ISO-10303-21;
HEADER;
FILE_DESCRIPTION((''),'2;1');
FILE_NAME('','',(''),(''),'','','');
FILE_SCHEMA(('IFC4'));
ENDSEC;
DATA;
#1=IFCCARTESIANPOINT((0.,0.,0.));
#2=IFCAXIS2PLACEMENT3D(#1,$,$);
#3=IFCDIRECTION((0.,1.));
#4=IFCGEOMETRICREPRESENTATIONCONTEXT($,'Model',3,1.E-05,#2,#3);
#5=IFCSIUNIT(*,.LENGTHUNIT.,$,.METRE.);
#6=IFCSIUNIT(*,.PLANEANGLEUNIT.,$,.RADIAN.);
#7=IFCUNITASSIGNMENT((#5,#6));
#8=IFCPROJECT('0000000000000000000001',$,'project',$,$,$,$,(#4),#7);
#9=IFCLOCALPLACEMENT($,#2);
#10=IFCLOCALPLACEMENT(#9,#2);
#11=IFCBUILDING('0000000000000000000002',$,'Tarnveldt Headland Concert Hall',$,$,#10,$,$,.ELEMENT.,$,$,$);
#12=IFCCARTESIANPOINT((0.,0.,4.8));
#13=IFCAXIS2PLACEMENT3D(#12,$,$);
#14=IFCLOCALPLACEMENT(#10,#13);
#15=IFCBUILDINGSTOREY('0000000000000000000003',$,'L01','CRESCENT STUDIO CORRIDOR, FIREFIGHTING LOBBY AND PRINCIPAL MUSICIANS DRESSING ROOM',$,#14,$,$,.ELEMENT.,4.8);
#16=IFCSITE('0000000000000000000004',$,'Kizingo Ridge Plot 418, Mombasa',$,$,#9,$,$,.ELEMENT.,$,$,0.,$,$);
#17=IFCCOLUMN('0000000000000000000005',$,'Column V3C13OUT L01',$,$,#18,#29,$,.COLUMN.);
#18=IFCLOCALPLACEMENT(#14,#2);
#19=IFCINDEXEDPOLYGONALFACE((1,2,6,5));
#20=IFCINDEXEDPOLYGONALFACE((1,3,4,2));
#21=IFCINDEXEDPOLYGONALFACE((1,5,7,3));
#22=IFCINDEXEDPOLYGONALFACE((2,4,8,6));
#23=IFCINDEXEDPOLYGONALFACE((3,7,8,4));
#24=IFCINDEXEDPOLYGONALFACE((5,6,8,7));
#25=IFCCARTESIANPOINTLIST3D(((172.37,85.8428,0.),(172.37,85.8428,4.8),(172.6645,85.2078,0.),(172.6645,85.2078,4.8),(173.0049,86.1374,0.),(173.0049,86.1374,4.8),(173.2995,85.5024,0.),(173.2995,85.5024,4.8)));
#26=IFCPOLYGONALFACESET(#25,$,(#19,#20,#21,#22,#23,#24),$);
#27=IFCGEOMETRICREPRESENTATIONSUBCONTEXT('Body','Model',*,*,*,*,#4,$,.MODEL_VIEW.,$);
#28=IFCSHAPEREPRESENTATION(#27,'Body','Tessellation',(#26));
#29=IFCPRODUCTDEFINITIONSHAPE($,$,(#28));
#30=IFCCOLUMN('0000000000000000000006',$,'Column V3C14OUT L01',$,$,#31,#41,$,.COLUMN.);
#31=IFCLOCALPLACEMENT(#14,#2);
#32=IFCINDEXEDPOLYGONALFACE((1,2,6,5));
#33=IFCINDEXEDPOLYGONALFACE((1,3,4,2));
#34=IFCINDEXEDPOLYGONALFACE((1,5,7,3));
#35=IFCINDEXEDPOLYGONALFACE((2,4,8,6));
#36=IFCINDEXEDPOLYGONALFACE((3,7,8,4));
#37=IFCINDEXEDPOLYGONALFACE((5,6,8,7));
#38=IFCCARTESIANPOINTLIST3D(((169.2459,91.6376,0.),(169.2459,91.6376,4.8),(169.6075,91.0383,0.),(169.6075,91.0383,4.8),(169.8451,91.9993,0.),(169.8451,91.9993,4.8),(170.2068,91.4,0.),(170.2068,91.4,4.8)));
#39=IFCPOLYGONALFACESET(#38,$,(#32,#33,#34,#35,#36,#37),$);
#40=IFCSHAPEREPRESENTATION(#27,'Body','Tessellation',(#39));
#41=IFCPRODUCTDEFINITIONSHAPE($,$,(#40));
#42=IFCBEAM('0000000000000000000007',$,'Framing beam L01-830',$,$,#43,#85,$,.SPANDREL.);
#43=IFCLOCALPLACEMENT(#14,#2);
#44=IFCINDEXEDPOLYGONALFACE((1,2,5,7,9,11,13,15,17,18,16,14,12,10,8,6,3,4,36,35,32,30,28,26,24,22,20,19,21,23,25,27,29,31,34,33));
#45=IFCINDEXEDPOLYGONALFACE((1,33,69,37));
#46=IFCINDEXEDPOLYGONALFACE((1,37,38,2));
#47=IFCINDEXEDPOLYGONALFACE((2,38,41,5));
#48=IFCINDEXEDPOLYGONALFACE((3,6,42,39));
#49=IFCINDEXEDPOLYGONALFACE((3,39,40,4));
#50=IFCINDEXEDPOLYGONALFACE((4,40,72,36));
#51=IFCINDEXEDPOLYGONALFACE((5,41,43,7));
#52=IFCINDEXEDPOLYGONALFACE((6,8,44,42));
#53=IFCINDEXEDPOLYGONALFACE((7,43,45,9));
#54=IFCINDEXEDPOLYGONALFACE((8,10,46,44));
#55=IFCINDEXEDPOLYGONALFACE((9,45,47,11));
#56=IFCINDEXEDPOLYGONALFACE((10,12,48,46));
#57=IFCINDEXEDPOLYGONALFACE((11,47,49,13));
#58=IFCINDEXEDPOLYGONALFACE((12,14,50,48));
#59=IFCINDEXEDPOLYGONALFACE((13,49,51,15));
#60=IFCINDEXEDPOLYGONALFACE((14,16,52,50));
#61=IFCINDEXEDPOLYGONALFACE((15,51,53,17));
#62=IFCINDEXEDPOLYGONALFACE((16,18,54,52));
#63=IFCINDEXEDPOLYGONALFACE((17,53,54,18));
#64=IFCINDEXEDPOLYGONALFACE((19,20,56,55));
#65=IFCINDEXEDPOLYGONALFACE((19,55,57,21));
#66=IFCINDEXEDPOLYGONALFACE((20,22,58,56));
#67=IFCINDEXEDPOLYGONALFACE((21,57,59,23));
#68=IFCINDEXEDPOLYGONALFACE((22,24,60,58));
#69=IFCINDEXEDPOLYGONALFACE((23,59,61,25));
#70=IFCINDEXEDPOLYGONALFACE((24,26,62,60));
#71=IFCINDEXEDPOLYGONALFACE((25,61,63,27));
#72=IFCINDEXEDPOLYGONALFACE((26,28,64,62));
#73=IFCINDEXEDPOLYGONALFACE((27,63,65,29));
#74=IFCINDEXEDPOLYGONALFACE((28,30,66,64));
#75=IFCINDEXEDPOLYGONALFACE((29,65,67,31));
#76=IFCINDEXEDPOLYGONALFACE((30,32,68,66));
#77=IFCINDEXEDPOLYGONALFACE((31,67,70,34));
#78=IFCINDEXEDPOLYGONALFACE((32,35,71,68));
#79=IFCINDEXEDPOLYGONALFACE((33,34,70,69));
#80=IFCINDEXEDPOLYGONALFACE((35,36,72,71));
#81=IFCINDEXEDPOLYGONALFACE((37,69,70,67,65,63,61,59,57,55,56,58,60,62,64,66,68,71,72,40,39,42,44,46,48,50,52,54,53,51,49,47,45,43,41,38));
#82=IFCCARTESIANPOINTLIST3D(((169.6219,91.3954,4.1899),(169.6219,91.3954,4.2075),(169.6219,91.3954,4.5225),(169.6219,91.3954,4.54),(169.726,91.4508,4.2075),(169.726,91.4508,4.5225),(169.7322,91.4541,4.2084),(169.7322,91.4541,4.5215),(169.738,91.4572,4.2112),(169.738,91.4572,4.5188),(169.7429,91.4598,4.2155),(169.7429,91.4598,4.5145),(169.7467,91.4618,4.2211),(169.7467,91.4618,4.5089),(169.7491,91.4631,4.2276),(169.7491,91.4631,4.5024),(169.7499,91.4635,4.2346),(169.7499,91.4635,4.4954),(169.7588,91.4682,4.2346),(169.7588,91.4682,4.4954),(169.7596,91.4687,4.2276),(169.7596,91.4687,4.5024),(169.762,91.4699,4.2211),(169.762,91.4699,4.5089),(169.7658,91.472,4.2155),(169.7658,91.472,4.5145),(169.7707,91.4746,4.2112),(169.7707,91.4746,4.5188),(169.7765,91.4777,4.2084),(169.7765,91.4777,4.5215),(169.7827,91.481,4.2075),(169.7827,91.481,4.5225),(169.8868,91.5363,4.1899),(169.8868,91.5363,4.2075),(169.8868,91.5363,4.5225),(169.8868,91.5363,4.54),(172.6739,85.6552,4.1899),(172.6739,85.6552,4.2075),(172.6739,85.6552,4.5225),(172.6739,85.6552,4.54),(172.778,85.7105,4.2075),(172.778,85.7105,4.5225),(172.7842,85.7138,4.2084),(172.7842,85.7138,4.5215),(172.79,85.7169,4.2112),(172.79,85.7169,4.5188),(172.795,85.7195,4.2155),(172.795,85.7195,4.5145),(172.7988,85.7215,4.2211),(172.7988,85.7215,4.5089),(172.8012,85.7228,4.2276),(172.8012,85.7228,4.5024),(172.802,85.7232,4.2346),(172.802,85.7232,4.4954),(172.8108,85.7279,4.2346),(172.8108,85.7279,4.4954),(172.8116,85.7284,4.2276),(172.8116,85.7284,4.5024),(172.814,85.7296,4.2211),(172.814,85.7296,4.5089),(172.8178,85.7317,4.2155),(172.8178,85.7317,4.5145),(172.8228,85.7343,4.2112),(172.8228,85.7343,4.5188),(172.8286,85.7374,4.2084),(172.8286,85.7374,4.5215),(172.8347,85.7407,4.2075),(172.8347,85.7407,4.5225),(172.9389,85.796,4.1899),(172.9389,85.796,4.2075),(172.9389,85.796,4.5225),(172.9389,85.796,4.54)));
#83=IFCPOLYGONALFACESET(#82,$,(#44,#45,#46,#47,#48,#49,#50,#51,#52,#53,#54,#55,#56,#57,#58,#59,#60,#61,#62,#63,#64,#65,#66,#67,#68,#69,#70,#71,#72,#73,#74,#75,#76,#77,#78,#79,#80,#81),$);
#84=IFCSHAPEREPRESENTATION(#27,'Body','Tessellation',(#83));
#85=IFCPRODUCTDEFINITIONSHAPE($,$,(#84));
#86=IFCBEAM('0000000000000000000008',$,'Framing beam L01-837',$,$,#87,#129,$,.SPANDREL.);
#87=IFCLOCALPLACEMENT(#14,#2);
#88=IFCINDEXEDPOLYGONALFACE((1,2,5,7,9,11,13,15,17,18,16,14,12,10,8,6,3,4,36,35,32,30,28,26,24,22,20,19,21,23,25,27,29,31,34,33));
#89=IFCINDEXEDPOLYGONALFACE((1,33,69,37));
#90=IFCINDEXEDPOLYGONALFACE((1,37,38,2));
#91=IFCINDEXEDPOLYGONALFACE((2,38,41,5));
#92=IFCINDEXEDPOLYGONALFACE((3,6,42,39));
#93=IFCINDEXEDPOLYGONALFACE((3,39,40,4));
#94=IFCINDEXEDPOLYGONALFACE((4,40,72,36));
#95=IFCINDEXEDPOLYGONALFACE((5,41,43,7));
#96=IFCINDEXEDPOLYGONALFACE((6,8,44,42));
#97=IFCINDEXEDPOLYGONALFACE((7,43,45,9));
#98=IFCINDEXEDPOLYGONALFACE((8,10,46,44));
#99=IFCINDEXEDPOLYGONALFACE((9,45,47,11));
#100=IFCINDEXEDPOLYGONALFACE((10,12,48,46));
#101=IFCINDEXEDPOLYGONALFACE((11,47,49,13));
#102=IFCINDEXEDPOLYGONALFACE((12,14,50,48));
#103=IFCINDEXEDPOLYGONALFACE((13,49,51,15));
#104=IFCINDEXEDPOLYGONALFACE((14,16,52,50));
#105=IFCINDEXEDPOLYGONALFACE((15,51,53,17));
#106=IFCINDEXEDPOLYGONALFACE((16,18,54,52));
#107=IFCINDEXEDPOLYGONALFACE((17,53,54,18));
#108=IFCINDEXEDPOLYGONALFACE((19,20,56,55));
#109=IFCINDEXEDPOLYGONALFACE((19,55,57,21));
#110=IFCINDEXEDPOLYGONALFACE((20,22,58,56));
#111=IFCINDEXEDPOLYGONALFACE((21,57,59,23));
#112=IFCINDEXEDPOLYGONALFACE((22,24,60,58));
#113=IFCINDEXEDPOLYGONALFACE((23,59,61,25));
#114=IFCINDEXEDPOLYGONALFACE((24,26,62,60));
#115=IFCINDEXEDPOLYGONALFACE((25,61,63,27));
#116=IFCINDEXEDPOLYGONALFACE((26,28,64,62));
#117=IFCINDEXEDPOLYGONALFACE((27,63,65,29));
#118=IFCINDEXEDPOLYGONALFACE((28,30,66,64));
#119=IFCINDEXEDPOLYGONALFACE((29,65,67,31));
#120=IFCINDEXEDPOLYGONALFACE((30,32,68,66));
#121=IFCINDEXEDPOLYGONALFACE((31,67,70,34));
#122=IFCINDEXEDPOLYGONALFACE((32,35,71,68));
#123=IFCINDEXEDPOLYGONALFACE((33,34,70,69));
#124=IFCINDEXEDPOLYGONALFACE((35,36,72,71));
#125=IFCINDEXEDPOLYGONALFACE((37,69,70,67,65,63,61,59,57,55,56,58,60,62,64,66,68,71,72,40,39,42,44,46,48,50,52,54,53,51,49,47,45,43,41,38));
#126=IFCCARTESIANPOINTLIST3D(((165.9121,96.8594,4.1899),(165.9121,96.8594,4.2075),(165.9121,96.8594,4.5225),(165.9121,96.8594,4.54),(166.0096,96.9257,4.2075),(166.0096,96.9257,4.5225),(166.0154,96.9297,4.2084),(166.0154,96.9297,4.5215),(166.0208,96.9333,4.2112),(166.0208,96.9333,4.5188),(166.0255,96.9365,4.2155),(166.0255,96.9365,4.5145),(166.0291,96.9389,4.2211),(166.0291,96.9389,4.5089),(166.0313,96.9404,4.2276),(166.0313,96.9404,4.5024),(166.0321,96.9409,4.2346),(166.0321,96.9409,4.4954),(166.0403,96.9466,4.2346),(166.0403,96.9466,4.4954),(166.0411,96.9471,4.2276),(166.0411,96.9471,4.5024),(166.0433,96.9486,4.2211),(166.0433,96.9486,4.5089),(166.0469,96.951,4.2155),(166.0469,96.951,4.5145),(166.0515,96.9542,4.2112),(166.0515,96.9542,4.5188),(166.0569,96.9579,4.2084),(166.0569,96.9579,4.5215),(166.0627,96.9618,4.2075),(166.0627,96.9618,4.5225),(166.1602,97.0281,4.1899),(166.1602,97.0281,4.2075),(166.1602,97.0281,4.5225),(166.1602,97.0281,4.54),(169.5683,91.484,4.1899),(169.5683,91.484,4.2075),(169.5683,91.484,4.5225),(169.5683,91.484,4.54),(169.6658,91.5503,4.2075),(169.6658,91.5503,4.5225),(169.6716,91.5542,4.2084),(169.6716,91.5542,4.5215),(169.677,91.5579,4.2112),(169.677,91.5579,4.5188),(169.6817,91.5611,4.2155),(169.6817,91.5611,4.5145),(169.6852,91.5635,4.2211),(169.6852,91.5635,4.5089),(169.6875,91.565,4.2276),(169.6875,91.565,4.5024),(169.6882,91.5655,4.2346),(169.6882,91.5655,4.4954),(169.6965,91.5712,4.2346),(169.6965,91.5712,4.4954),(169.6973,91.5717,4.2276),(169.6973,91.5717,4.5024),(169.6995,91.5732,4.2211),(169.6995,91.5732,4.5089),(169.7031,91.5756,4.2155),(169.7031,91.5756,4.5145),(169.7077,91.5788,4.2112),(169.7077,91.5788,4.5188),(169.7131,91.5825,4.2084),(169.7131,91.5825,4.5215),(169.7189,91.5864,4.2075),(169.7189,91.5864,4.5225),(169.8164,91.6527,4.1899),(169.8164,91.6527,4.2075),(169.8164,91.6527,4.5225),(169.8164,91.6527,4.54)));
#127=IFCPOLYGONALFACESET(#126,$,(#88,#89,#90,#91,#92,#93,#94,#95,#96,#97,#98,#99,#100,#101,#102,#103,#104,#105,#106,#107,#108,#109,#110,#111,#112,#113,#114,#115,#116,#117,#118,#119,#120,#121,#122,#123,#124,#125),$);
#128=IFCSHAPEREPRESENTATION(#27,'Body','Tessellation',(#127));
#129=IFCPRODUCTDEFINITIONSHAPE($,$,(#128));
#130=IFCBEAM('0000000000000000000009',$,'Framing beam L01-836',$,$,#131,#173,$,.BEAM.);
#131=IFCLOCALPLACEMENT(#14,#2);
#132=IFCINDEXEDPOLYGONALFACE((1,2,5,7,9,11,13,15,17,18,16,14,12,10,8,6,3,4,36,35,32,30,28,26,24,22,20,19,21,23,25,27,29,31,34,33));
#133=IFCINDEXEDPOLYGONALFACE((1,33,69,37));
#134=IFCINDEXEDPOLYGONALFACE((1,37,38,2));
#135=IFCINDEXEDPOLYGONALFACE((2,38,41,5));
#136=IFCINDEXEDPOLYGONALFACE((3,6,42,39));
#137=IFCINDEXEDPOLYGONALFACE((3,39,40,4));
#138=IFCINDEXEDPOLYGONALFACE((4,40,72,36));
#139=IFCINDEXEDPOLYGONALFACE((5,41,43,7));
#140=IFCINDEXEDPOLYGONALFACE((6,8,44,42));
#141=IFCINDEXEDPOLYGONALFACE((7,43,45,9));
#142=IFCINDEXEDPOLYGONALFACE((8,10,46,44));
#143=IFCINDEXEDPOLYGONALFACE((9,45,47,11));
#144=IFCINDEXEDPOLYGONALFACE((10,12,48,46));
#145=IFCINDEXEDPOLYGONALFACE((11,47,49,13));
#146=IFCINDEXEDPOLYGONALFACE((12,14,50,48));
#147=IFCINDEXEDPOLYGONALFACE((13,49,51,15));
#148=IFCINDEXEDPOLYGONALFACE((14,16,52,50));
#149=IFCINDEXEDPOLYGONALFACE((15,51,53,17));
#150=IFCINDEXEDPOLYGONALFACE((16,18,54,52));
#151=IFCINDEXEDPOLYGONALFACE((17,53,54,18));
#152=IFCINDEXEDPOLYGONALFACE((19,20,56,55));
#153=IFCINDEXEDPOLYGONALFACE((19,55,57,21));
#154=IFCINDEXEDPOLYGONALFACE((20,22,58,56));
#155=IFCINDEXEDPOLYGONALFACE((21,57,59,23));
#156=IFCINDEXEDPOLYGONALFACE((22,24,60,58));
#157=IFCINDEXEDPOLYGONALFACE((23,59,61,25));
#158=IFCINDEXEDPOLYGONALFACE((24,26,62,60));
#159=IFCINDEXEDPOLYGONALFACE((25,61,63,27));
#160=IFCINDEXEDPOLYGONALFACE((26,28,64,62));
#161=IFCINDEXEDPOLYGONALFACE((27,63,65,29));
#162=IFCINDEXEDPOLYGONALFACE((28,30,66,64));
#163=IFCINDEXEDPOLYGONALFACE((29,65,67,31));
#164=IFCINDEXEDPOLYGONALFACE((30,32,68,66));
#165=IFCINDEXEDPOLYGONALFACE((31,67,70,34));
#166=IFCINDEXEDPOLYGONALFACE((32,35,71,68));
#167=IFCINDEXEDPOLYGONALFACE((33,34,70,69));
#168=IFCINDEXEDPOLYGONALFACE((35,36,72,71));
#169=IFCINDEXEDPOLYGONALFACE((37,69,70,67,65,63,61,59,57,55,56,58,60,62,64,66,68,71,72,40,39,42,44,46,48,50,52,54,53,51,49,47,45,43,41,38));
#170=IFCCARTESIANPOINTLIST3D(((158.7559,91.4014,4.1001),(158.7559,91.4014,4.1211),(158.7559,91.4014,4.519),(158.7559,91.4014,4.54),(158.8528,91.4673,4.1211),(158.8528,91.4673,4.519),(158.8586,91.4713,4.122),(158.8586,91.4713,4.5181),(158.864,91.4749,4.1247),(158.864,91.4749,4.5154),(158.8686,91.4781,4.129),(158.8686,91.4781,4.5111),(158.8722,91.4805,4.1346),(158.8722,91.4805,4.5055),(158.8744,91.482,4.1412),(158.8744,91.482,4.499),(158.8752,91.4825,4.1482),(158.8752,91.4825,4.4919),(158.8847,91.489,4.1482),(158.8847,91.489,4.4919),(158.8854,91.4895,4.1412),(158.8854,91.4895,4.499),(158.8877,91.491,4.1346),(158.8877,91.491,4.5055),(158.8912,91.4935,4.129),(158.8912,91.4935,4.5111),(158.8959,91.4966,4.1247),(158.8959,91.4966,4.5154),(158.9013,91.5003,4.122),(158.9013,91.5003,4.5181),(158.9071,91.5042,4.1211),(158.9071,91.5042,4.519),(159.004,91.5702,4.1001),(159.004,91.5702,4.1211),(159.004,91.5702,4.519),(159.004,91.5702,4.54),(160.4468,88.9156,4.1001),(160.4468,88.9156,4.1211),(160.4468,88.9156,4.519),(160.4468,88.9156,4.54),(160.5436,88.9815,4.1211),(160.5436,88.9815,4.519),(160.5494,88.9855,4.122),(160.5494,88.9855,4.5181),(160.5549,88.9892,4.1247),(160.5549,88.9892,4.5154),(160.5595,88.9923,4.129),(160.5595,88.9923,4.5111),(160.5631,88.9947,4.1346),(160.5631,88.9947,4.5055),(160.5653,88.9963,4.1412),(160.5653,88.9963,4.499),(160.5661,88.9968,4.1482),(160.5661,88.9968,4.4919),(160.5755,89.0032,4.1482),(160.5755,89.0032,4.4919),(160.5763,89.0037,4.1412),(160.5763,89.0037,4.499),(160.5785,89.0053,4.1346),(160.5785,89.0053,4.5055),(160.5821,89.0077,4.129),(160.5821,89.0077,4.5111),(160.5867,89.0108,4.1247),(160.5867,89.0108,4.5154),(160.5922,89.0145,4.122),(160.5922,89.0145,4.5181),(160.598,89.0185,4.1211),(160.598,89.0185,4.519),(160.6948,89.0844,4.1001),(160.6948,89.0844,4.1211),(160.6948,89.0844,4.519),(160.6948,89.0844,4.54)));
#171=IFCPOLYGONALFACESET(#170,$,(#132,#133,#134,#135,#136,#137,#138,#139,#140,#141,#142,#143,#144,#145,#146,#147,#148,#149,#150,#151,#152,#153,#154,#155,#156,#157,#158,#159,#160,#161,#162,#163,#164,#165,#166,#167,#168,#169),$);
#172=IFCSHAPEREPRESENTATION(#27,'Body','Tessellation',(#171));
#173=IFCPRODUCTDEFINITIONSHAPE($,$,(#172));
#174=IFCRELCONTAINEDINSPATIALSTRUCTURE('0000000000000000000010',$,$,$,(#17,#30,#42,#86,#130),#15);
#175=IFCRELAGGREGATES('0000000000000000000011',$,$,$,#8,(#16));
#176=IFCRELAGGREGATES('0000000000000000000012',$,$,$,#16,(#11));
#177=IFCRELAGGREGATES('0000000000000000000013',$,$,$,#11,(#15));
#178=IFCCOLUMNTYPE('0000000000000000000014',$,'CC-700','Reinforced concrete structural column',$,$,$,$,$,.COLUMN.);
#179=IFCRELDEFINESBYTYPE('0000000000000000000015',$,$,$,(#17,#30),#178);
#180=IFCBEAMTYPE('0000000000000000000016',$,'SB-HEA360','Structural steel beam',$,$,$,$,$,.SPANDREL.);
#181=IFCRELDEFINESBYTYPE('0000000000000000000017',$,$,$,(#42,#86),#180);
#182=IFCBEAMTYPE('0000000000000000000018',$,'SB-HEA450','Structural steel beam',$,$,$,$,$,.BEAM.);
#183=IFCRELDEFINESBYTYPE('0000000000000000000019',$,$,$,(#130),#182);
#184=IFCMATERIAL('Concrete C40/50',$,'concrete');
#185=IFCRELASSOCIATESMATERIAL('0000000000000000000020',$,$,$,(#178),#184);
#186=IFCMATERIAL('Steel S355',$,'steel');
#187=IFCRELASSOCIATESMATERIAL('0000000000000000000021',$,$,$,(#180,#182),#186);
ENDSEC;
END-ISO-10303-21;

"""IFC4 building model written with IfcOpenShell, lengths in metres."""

from ifc_helpers import new_model, si_unit, direction, frame, origin, origin_2d, place, context, subcontext, project, spatial, rectangle, i_section, extrude, material, material_profile, profile_set, type_object, element, save


model = new_model("IFC4")

# Units and contexts
model_context = context("Model", 3, precision=1e-05, world=origin(), true_north=direction((0.0, 1.0)))
body_context = subcontext(model_context, "Body", "Model", "MODEL_VIEW")
ifc_project = project(units=[si_unit("LENGTHUNIT", "METRE"), si_unit("PLANEANGLEUNIT", "RADIAN")], contexts=[model_context])

# Site, building, storey
site_placement = place(None, origin())
site = spatial("IfcSite", under=ifc_project, at=site_placement, Name="Kizingo Ridge Plot 418, Mombasa", CompositionType="ELEMENT", RefElevation=0.0)
building_placement = place(site_placement, origin())
building = spatial("IfcBuilding", under=site, at=building_placement, Name="Tarnveldt Headland Concert Hall", CompositionType="ELEMENT")
storey_placement = place(building_placement, frame((0.0, 0.0, 4.8)))
storey = spatial("IfcBuildingStorey", under=building, at=storey_placement, Name="L01", Description="CRESCENT STUDIO CORRIDOR, FIREFIGHTING LOBBY AND PRINCIPAL MUSICIANS DRESSING ROOM", CompositionType="ELEMENT", Elevation=4.8)

# Columns
ifc_material_1 = material(Name="Concrete C40/50", Category="concrete")
ifc_material_profile_1 = material_profile(ifc_material_1, rectangle(XDim=0.7, YDim=0.7, at=origin_2d()), Name="RC 700x700", Category="concrete")
ifc_profile_set_1 = profile_set([ifc_material_profile_1], Name="Concrete C40/50")
column_type = type_object("IfcColumnType", Name="CC-700", Description="Reinforced concrete structural column", PredefinedType="COLUMN", material=ifc_profile_set_1)
for number, where, z_axis, x_axis, name in (
    (1, (172.8347, 85.6726, 0.0), (0.0, 0.0, 1.0), (0.907117, 0.420877, 0.0), "Column V3C13OUT L01"),
    (2, (169.7263, 91.5188, 0.0), (0.0, 0.0, 1.0), (0.856177, 0.516683, 0.0), "Column V3C14OUT L01"),
):
    element("IfcColumn", number, at=place(storey_placement, frame(where, z_axis=z_axis, x_axis=x_axis)), inside=storey, type_object=column_type, Name=name, PredefinedType="COLUMN", context=body_context, shape_type="SweptSolid", body=[
        extrude(rectangle(XDim=0.7, YDim=0.7, at=origin_2d()), origin(), (0.0, 0.0, 1.0), 4.8),
    ])

# Beams
ifc_material_2 = material(Name="Steel S355", Category="steel")
ifc_material_profile_2 = material_profile(ifc_material_2, i_section(OverallWidth=0.3, OverallDepth=0.3501, WebThickness=0.01, FlangeThickness=0.0176, FilletRadius=0.0271, at=origin_2d()), Name="HEA360", Category="steel")
ifc_profile_set_2 = profile_set([ifc_material_profile_2], Name="Steel S355")
beam_type_1 = type_object("IfcBeamType", Name="SB-HEA360", Description="Structural steel beam", PredefinedType="SPANDREL", material=ifc_profile_set_2)
beam_1_placement = place(storey_placement, frame((172.8064, 85.7256, 4.365), z_axis=(-0.469455, 0.882956, 0.0), x_axis=(-0.882956, -0.469455, 0.0)))
element("IfcBeam", 3, at=beam_1_placement, inside=storey, type_object=beam_type_1, Name="Framing beam L01-830", PredefinedType="SPANDREL", context=body_context, shape_type="SweptSolid", body=[
    extrude(i_section(OverallWidth=0.3, OverallDepth=0.3501, WebThickness=0.01, FlangeThickness=0.0176, FilletRadius=0.0271, at=origin_2d()), origin(), (0.0, 0.0, 1.0), 6.5012),
])
beam_2_placement = place(storey_placement, frame((169.6924, 91.5684, 4.365), z_axis=(-0.562407, 0.826861, 0.0), x_axis=(-0.826861, -0.562407, 0.0)))
element("IfcBeam", 4, at=beam_2_placement, inside=storey, type_object=beam_type_1, Name="Framing beam L01-837", PredefinedType="SPANDREL", context=body_context, shape_type="SweptSolid", body=[
    extrude(i_section(OverallWidth=0.3, OverallDepth=0.3501, WebThickness=0.01, FlangeThickness=0.0176, FilletRadius=0.0271, at=origin_2d()), origin(), (0.0, 0.0, 1.0), 6.501),
])
ifc_material_profile_3 = material_profile(ifc_material_2, i_section(OverallWidth=0.3, OverallDepth=0.4399, WebThickness=0.0115, FlangeThickness=0.021, FilletRadius=0.0271, at=origin_2d()), Name="HEA450", Category="steel")
ifc_profile_set_3 = profile_set([ifc_material_profile_3], Name="Steel S355")
beam_type_2 = type_object("IfcBeamType", Name="SB-HEA450", Description="Structural steel beam", PredefinedType="BEAM", material=ifc_profile_set_3)
beam_3_placement = place(storey_placement, frame((160.5708, 89.0, 4.3201), z_axis=(-0.562434, 0.826842, 0.0), x_axis=(-0.826842, -0.562434, 0.0)))
element("IfcBeam", 5, at=beam_3_placement, inside=storey, type_object=beam_type_2, Name="Framing beam L01-836", PredefinedType="BEAM", context=body_context, shape_type="SweptSolid", body=[
    extrude(i_section(OverallWidth=0.3, OverallDepth=0.4399, WebThickness=0.0115, FlangeThickness=0.021, FilletRadius=0.0271, at=origin_2d()), origin(), (0.0, 0.0, 1.0), 3.0063),
])

save(model, "model.ifc")
